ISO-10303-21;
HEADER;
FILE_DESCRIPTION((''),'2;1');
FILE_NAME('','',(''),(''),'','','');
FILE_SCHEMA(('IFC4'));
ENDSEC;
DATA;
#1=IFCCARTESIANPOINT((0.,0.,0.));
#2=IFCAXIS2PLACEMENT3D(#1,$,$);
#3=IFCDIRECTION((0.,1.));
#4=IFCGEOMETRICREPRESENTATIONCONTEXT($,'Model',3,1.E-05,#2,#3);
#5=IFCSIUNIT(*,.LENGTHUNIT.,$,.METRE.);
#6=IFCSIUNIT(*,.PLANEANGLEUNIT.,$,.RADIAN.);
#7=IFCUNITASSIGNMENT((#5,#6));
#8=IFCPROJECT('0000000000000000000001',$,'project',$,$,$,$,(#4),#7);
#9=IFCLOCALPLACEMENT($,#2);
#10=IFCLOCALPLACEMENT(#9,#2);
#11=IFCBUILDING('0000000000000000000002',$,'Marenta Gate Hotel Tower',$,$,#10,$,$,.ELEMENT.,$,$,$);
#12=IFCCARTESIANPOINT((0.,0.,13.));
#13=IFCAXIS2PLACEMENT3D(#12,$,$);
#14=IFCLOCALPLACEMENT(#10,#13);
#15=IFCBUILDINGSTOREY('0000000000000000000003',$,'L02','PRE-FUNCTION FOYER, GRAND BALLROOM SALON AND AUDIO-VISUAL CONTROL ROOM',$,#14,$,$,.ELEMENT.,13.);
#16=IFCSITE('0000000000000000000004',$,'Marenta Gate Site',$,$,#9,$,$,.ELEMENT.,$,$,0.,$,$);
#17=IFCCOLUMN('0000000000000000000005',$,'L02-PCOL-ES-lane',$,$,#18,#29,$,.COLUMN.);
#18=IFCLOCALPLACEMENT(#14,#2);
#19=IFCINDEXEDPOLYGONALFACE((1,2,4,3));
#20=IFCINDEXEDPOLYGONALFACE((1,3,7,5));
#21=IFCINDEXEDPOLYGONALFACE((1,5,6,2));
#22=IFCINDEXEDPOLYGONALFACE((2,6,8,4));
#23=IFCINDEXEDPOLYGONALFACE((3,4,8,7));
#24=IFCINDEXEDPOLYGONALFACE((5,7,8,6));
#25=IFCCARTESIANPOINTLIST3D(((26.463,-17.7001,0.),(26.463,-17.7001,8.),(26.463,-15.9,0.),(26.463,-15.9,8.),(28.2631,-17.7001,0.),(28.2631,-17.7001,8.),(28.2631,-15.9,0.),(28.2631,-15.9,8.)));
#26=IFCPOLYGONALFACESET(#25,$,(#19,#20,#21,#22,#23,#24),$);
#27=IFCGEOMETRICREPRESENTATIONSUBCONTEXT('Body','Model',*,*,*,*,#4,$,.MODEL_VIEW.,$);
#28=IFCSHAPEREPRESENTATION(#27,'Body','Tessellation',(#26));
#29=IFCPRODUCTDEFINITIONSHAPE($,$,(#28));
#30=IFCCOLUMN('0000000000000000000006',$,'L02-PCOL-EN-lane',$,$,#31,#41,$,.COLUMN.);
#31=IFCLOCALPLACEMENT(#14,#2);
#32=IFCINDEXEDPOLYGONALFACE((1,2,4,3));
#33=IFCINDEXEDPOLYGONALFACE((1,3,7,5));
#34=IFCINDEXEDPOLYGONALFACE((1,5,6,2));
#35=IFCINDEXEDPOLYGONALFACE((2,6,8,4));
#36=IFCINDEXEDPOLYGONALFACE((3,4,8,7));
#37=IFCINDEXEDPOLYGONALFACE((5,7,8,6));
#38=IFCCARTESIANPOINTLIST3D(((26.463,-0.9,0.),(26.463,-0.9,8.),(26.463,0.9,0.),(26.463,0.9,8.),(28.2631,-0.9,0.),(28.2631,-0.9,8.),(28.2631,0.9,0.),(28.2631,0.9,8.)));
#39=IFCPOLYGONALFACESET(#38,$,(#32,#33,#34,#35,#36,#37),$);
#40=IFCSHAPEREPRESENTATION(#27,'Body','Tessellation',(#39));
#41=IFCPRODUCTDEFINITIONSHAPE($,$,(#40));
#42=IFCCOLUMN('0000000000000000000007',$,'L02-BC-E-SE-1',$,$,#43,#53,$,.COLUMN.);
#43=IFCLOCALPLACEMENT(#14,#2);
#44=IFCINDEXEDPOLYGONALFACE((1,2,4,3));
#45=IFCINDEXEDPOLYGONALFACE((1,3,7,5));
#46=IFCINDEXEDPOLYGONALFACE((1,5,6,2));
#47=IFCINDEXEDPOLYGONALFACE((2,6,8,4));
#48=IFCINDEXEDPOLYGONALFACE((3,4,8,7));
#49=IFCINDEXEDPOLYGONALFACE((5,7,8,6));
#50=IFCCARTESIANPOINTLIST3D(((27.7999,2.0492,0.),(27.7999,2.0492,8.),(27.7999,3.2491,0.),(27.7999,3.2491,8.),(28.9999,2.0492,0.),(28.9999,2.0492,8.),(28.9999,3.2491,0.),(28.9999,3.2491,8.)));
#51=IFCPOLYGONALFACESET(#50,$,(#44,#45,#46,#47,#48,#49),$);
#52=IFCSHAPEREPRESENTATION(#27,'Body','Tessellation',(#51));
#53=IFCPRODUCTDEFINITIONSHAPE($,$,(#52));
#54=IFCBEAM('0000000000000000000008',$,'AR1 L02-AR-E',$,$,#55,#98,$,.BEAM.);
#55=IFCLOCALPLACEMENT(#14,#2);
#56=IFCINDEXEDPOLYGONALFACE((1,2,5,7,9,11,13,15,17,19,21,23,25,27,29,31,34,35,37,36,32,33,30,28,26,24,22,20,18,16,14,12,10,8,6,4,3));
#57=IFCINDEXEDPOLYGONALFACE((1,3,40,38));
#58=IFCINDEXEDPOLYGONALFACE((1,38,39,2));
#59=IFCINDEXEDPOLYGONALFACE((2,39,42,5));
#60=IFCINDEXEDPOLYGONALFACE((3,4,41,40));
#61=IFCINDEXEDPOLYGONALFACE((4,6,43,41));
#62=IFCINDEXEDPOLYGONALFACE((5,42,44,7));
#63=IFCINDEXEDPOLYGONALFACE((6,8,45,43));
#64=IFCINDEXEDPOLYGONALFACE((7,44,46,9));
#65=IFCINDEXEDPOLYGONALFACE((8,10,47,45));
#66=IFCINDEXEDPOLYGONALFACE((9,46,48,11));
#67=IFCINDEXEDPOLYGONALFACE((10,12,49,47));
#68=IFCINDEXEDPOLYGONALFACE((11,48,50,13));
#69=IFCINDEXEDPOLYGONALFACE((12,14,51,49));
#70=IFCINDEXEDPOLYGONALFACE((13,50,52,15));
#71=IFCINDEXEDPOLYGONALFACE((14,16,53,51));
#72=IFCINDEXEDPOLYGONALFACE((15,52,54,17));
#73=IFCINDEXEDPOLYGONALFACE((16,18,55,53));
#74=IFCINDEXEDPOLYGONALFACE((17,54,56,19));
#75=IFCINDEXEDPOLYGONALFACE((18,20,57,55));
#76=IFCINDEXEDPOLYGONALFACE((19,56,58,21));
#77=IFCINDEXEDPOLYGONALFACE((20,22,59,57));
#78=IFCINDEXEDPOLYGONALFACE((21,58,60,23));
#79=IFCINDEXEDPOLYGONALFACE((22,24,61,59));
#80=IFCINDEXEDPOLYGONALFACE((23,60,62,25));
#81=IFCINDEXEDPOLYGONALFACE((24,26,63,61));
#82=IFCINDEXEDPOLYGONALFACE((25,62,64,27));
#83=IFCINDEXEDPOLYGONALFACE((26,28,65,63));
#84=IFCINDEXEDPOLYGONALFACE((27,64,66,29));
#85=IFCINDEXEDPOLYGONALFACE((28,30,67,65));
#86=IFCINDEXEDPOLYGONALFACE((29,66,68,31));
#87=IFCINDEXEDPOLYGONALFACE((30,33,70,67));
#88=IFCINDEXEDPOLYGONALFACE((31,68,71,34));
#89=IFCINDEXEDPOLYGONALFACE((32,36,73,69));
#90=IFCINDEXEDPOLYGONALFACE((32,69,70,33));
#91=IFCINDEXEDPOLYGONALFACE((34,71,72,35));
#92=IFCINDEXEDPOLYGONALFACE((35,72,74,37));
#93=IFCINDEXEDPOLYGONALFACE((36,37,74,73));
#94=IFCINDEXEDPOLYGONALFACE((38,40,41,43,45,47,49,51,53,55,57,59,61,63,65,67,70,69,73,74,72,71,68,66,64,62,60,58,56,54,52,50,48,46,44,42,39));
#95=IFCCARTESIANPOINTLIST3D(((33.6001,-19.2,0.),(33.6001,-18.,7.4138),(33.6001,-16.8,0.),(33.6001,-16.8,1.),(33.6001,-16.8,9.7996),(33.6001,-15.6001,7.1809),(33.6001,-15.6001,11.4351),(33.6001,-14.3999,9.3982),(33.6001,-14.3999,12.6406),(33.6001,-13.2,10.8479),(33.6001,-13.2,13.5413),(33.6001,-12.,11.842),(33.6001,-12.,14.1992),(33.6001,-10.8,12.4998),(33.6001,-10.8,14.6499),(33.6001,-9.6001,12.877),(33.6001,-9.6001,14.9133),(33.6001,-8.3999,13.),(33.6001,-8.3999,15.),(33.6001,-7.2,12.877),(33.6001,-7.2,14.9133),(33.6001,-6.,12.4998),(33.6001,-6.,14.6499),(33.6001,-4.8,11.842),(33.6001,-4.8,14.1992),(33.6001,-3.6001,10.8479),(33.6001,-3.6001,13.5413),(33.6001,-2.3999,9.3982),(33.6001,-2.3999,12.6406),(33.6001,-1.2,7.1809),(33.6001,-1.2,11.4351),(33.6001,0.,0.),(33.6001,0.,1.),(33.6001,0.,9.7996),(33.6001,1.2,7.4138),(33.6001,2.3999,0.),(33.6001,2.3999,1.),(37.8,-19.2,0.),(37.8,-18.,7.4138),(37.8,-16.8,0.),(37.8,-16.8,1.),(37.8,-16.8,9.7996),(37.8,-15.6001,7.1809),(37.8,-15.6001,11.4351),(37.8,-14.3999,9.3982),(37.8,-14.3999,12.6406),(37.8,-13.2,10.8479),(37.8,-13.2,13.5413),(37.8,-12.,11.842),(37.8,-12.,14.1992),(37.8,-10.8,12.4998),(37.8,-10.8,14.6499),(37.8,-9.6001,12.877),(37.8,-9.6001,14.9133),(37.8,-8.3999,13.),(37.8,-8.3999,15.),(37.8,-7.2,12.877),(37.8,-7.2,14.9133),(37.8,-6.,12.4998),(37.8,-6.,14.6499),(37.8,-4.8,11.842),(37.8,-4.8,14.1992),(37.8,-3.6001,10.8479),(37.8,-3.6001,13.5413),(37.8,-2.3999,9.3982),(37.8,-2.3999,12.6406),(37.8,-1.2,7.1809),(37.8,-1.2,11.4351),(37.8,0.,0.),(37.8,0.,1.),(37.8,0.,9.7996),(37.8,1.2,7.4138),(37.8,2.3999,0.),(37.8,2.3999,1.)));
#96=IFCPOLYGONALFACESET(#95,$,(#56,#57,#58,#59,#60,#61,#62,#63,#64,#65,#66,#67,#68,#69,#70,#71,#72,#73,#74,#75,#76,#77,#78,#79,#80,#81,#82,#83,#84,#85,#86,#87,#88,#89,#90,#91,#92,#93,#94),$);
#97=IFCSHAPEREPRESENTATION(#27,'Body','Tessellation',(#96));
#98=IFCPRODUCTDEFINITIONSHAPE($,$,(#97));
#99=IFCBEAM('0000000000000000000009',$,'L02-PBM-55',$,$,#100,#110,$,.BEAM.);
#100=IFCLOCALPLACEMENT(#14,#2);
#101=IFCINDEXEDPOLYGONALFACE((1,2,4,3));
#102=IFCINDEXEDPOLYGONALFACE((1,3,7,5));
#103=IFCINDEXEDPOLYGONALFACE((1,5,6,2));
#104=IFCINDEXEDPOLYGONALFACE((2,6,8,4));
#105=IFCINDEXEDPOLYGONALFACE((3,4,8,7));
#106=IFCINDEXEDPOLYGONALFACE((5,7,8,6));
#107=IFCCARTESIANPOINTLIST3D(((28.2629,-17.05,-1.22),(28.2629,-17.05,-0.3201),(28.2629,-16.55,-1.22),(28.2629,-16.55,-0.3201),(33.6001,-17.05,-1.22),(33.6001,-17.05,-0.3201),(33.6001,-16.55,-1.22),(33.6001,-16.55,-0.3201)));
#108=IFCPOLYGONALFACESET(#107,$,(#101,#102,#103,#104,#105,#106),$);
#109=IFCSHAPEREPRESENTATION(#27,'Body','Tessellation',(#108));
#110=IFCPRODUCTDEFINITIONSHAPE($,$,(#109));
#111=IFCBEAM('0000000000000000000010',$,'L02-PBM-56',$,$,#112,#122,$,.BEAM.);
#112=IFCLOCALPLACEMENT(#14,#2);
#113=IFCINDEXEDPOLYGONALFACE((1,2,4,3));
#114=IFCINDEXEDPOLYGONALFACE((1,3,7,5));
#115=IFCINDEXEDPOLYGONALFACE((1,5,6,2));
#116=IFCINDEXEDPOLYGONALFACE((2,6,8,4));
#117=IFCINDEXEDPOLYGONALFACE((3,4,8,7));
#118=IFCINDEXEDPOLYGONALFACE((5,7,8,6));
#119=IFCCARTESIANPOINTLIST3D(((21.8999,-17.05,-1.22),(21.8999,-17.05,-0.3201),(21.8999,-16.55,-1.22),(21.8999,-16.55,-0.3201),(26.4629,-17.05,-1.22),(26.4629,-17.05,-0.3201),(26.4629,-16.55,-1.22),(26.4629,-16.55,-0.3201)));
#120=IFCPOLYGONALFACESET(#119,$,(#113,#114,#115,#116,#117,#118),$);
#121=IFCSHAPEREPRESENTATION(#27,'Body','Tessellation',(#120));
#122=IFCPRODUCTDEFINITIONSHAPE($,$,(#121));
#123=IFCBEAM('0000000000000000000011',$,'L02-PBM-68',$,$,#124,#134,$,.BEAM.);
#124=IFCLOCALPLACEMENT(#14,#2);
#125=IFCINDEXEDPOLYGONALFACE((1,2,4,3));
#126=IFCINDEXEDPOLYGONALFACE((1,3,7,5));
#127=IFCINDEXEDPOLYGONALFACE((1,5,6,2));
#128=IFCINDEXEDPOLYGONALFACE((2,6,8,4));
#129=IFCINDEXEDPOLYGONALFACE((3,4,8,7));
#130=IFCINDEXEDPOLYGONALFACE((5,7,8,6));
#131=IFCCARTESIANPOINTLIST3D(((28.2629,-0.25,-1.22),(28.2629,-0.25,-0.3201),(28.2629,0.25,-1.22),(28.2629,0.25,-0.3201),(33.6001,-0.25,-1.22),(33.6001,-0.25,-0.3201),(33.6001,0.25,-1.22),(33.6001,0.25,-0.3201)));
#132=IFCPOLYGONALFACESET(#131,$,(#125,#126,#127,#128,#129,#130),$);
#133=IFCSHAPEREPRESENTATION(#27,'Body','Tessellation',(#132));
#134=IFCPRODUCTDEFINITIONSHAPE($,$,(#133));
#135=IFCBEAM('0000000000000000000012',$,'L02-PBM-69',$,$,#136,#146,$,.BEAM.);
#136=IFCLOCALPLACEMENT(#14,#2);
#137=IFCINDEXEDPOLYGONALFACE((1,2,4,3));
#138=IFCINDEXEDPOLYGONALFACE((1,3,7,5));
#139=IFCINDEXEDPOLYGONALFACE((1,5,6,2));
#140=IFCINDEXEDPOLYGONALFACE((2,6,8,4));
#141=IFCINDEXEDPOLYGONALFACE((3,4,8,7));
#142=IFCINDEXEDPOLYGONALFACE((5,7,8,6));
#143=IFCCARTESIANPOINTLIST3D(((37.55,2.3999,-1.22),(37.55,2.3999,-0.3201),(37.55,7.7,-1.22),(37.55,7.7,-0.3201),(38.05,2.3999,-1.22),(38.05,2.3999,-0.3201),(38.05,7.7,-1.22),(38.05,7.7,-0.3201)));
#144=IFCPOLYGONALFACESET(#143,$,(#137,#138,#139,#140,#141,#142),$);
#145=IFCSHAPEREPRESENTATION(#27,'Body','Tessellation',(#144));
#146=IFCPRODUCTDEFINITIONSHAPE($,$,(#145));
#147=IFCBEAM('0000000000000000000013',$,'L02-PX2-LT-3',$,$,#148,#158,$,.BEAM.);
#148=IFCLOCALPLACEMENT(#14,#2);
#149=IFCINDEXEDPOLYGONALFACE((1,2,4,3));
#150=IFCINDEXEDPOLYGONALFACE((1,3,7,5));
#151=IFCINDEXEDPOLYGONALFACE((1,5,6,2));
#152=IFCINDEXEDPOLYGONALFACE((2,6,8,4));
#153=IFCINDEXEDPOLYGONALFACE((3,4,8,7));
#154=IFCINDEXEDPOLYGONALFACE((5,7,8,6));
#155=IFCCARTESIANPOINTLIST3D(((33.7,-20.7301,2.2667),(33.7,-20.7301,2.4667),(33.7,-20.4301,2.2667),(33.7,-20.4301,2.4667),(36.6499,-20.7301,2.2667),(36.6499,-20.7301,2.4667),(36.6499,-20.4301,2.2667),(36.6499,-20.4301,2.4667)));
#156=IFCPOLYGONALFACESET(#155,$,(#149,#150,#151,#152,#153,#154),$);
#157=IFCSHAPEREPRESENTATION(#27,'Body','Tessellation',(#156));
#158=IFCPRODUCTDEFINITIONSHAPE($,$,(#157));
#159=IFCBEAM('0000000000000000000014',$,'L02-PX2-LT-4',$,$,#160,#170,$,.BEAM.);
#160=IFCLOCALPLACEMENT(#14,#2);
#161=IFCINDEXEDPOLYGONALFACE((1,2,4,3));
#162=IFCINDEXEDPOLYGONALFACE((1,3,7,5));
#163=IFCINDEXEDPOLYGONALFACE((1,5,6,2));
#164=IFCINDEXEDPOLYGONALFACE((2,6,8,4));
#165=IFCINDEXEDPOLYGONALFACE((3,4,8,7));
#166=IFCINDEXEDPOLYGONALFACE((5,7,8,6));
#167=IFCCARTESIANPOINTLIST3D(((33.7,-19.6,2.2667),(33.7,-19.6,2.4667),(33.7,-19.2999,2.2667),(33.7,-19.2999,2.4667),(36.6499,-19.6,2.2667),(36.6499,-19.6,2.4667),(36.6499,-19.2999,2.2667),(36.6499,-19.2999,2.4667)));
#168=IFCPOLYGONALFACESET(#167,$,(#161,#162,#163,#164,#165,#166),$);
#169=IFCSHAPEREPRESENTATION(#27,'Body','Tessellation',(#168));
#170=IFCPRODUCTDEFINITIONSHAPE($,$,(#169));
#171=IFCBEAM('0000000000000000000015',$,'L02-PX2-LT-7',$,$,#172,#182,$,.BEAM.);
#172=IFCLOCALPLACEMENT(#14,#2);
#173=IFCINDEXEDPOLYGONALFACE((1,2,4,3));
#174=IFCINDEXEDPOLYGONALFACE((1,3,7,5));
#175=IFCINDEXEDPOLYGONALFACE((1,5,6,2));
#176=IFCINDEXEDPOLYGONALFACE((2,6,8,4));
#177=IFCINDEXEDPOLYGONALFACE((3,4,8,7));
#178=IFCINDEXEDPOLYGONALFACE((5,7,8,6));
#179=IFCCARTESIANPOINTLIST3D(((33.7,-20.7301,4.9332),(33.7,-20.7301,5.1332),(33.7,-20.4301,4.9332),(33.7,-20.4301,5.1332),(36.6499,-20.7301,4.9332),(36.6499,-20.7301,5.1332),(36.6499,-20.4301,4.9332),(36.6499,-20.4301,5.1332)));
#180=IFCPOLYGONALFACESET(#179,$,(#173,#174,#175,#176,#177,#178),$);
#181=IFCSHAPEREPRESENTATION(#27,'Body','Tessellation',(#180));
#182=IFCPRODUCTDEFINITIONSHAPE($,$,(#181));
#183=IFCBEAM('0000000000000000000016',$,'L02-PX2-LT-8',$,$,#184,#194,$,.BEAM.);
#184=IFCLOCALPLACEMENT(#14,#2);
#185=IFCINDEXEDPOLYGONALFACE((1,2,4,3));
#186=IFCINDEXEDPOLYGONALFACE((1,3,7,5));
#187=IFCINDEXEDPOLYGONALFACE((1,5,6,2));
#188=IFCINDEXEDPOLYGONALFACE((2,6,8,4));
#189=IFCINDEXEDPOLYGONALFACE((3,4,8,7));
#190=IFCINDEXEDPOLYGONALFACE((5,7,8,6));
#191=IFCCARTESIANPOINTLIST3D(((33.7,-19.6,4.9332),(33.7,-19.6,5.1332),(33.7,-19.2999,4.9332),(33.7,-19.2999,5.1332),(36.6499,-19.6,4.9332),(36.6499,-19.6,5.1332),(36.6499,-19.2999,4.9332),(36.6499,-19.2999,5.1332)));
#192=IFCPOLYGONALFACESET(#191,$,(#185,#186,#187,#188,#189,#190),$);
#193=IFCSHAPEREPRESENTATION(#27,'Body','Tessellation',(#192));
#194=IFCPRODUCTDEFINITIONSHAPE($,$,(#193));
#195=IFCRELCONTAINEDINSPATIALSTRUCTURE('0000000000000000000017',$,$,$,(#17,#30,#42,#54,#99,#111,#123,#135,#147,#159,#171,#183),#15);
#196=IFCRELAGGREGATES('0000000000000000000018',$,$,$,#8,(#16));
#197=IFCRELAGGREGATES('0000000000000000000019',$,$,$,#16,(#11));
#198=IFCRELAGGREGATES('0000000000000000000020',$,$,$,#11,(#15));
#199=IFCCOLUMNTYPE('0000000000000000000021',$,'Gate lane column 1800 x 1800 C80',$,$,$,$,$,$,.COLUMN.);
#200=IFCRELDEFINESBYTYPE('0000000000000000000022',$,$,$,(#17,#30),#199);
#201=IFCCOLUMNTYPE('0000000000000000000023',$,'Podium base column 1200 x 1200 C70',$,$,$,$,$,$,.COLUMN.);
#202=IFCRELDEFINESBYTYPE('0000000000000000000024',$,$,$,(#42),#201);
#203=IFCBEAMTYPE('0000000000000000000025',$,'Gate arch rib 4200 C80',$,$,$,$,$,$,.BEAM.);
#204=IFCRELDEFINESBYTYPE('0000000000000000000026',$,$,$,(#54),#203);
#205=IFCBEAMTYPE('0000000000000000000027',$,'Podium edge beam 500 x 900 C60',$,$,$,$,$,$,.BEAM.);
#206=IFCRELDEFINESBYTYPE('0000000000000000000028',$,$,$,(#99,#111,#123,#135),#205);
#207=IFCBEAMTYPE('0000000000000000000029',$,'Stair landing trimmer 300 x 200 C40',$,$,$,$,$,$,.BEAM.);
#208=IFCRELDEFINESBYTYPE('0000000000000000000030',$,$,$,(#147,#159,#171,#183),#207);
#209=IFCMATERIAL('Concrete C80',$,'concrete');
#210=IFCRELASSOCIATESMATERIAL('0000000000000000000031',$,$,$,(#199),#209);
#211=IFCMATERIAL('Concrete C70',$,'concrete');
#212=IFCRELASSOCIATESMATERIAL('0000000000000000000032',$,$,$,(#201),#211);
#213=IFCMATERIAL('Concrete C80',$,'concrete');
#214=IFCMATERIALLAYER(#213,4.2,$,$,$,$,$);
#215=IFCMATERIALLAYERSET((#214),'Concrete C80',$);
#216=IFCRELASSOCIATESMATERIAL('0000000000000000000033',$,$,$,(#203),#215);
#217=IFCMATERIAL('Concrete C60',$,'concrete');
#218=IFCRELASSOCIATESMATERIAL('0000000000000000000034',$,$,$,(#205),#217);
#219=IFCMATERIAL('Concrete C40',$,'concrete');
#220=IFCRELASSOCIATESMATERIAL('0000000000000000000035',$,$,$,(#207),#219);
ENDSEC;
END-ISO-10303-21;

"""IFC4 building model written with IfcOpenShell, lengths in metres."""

from ifc_helpers import new_model, si_unit, direction, frame, origin, origin_2d, place, context, subcontext, project, spatial, polyline, rectangle, outline, extrude, material, layer, layer_set, material_profile, profile_set, type_object, element, save


model = new_model("IFC4")

# Units and contexts
model_context = context("Model", 3, precision=1e-05, world=origin(), true_north=direction((0.0, 1.0)))
body_context = subcontext(model_context, "Body", "Model", "MODEL_VIEW")
ifc_project = project(units=[si_unit("LENGTHUNIT", "METRE"), si_unit("PLANEANGLEUNIT", "RADIAN")], contexts=[model_context])

# Site, building, storey
site_placement = place(None, origin())
site = spatial("IfcSite", under=ifc_project, at=site_placement, Name="Marenta Gate Site", CompositionType="ELEMENT", RefElevation=0.0)
building_placement = place(site_placement, origin())
building = spatial("IfcBuilding", under=site, at=building_placement, Name="Marenta Gate Hotel Tower", CompositionType="ELEMENT")
storey_placement = place(building_placement, frame((0.0, 0.0, 13.0)))
storey = spatial("IfcBuildingStorey", under=building, at=storey_placement, Name="L02", Description="PRE-FUNCTION FOYER, GRAND BALLROOM SALON AND AUDIO-VISUAL CONTROL ROOM", CompositionType="ELEMENT", Elevation=13.0)

# Columns
ifc_material_1 = material(Name="Concrete C80", Category="concrete")
ifc_material_profile_1 = material_profile(ifc_material_1, rectangle(XDim=1.8, YDim=1.8, at=origin_2d()), Name="1800 x 1800")
ifc_profile_set_1 = profile_set([ifc_material_profile_1], Name="Concrete C80")
column_type_1 = type_object("IfcColumnType", Name="Gate lane column 1800 x 1800 C80", PredefinedType="COLUMN", material=ifc_profile_set_1)
for number, where, z_axis, x_axis, name in (
    (1, (27.363, -16.8, 0.0), (0.0, 0.0, 1.0), (1.0, 0.0, 0.0), "L02-PCOL-ES-lane"),
    (2, (27.363, 0.0, 0.0), (0.0, 0.0, 1.0), (1.0, 0.0, 0.0), "L02-PCOL-EN-lane"),
):
    element("IfcColumn", number, at=place(storey_placement, frame(where, z_axis=z_axis, x_axis=x_axis)), inside=storey, type_object=column_type_1, Name=name, PredefinedType="COLUMN", context=body_context, shape_type="SweptSolid", body=[
        extrude(rectangle(XDim=1.8, YDim=1.8, at=origin_2d()), origin(), (0.0, 0.0, 1.0), 8.0),
    ])
ifc_material_2 = material(Name="Concrete C70", Category="concrete")
ifc_material_profile_2 = material_profile(ifc_material_2, rectangle(XDim=1.2, YDim=1.2, at=origin_2d()), Name="1200 x 1200")
ifc_profile_set_2 = profile_set([ifc_material_profile_2], Name="Concrete C70")
column_type_2 = type_object("IfcColumnType", Name="Podium base column 1200 x 1200 C70", PredefinedType="COLUMN", material=ifc_profile_set_2)
column_placement = place(storey_placement, frame((28.3999, 2.6492, 0.0), z_axis=(0.0, 0.0, 1.0), x_axis=(1.0, 0.0, 0.0)))
element("IfcColumn", 3, at=column_placement, inside=storey, type_object=column_type_2, Name="L02-BC-E-SE-1", PredefinedType="COLUMN", context=body_context, shape_type="SweptSolid", body=[
    extrude(rectangle(XDim=1.2, YDim=1.2, at=origin_2d()), origin(), (0.0, 0.0, 1.0), 8.0),
])

# Beams
ifc_material_3 = material(Name="Concrete C80", Category="concrete")
ifc_layer_1 = layer(ifc_material_3, 4.2)
ifc_layer_set_1 = layer_set([ifc_layer_1], Name="Concrete C80")
beam_type_1 = type_object("IfcBeamType", Name="Gate arch rib 4200 C80", PredefinedType="BEAM", material=ifc_layer_set_1)
beam_1_placement = place(storey_placement, frame((37.8, -19.2, 0.0), z_axis=(1.0, 0.0, 0.0), x_axis=(0.0, 1.0, 0.0)))
element("IfcBeam", 4, at=beam_1_placement, inside=storey, type_object=beam_type_1, Name="AR1 L02-AR-E", PredefinedType="BEAM", context=body_context, shape_type="SweptSolid", body=[
    extrude(outline(polyline([(0.0, 0.0), (2.3999, 0.0), (2.3999, 1.0), (3.5999, 7.1809), (4.8, 9.3982), (6.0, 10.8479), (7.2, 11.842), (8.3999, 12.4998), (9.5999, 12.877), (10.8, 13.0), (12.0, 12.877), (13.2, 12.4998), (14.3999, 11.842), (15.5999, 10.8479), (16.8, 9.3982), (18.0, 7.1809), (19.2, 1.0), (19.2, 0.0), (21.5999, 0.0), (21.5999, 1.0), (20.3999, 7.4138), (19.2, 9.7996), (18.0, 11.4351), (16.8, 12.6406), (15.5999, 13.5413), (14.3999, 14.1992), (13.2, 14.6499), (12.0, 14.9133), (10.8, 15.0), (9.5999, 14.9133), (8.3999, 14.6499), (7.2, 14.1992), (6.0, 13.5413), (4.8, 12.6406), (3.5999, 11.4351), (2.3999, 9.7996), (1.2, 7.4138), (0.0, 0.0)])), origin(), (0.0, 0.0, -1.0), 4.2),
])
ifc_material_4 = material(Name="Concrete C60", Category="concrete")
ifc_material_profile_3 = material_profile(ifc_material_4, rectangle(XDim=0.5, YDim=0.8999, at=origin_2d()), Name="500 x 900")
ifc_profile_set_3 = profile_set([ifc_material_profile_3], Name="Concrete C60")
beam_type_2 = type_object("IfcBeamType", Name="Podium edge beam 500 x 900 C60", PredefinedType="BEAM", material=ifc_profile_set_3)
beam_2_placement = place(storey_placement, frame((33.6001, -16.8, -0.77), z_axis=(-1.0, 0.0, 0.0), x_axis=(0.0, -1.0, 0.0)))
element("IfcBeam", 5, at=beam_2_placement, inside=storey, type_object=beam_type_2, Name="L02-PBM-55", PredefinedType="BEAM", context=body_context, shape_type="SweptSolid", body=[
    extrude(rectangle(XDim=0.5, YDim=0.8999, at=origin_2d()), origin(), (0.0, 0.0, 1.0), 5.3372),
])
beam_3_placement = place(storey_placement, frame((26.4629, -16.8, -0.77), z_axis=(-1.0, 0.0, 0.0), x_axis=(0.0, -1.0, 0.0)))
element("IfcBeam", 6, at=beam_3_placement, inside=storey, type_object=beam_type_2, Name="L02-PBM-56", PredefinedType="BEAM", context=body_context, shape_type="SweptSolid", body=[
    extrude(rectangle(XDim=0.5, YDim=0.8999, at=origin_2d()), origin(), (0.0, 0.0, 1.0), 4.563),
])
beam_4_placement = place(storey_placement, frame((28.2629, 0.0, -0.77), z_axis=(1.0, 0.0, 0.0), x_axis=(0.0, 1.0, 0.0)))
element("IfcBeam", 7, at=beam_4_placement, inside=storey, type_object=beam_type_2, Name="L02-PBM-68", PredefinedType="BEAM", context=body_context, shape_type="SweptSolid", body=[
    extrude(rectangle(XDim=0.5, YDim=0.8999, at=origin_2d()), origin(), (0.0, 0.0, 1.0), 5.3372),
])
beam_5_placement = place(storey_placement, frame((37.8, 2.3999, -0.77), z_axis=(0.0, 1.0, 0.0), x_axis=(-1.0, 0.0, 0.0)))
element("IfcBeam", 8, at=beam_5_placement, inside=storey, type_object=beam_type_2, Name="L02-PBM-69", PredefinedType="BEAM", context=body_context, shape_type="SweptSolid", body=[
    extrude(rectangle(XDim=0.5, YDim=0.8999, at=origin_2d()), origin(), (0.0, 0.0, 1.0), 5.3),
])
ifc_material_5 = material(Name="Concrete C40", Category="concrete")
ifc_material_profile_4 = material_profile(ifc_material_5, rectangle(XDim=0.3, YDim=0.2, at=origin_2d()), Name="300 x 200")
ifc_profile_set_4 = profile_set([ifc_material_profile_4], Name="Concrete C40")
beam_type_3 = type_object("IfcBeamType", Name="Stair landing trimmer 300 x 200 C40", PredefinedType="BEAM", material=ifc_profile_set_4)
for number, where, z_axis, x_axis, name in (
    (9, (33.7, -20.5801, 2.3667), (1.0, 0.0, 0.0), (0.0, 1.0, 0.0), "L02-PX2-LT-3"),
    (10, (33.7, -19.45, 2.3667), (1.0, 0.0, 0.0), (0.0, 1.0, 0.0), "L02-PX2-LT-4"),
    (11, (33.7, -20.5801, 5.0332), (1.0, 0.0, 0.0), (0.0, 1.0, 0.0), "L02-PX2-LT-7"),
    (12, (33.7, -19.45, 5.0332), (1.0, 0.0, 0.0), (0.0, 1.0, 0.0), "L02-PX2-LT-8"),
):
    element("IfcBeam", number, at=place(storey_placement, frame(where, z_axis=z_axis, x_axis=x_axis)), inside=storey, type_object=beam_type_3, Name=name, PredefinedType="BEAM", context=body_context, shape_type="SweptSolid", body=[
        extrude(rectangle(XDim=0.3, YDim=0.2, at=origin_2d()), origin(), (0.0, 0.0, 1.0), 2.95),
    ])

save(model, "model.ifc")
